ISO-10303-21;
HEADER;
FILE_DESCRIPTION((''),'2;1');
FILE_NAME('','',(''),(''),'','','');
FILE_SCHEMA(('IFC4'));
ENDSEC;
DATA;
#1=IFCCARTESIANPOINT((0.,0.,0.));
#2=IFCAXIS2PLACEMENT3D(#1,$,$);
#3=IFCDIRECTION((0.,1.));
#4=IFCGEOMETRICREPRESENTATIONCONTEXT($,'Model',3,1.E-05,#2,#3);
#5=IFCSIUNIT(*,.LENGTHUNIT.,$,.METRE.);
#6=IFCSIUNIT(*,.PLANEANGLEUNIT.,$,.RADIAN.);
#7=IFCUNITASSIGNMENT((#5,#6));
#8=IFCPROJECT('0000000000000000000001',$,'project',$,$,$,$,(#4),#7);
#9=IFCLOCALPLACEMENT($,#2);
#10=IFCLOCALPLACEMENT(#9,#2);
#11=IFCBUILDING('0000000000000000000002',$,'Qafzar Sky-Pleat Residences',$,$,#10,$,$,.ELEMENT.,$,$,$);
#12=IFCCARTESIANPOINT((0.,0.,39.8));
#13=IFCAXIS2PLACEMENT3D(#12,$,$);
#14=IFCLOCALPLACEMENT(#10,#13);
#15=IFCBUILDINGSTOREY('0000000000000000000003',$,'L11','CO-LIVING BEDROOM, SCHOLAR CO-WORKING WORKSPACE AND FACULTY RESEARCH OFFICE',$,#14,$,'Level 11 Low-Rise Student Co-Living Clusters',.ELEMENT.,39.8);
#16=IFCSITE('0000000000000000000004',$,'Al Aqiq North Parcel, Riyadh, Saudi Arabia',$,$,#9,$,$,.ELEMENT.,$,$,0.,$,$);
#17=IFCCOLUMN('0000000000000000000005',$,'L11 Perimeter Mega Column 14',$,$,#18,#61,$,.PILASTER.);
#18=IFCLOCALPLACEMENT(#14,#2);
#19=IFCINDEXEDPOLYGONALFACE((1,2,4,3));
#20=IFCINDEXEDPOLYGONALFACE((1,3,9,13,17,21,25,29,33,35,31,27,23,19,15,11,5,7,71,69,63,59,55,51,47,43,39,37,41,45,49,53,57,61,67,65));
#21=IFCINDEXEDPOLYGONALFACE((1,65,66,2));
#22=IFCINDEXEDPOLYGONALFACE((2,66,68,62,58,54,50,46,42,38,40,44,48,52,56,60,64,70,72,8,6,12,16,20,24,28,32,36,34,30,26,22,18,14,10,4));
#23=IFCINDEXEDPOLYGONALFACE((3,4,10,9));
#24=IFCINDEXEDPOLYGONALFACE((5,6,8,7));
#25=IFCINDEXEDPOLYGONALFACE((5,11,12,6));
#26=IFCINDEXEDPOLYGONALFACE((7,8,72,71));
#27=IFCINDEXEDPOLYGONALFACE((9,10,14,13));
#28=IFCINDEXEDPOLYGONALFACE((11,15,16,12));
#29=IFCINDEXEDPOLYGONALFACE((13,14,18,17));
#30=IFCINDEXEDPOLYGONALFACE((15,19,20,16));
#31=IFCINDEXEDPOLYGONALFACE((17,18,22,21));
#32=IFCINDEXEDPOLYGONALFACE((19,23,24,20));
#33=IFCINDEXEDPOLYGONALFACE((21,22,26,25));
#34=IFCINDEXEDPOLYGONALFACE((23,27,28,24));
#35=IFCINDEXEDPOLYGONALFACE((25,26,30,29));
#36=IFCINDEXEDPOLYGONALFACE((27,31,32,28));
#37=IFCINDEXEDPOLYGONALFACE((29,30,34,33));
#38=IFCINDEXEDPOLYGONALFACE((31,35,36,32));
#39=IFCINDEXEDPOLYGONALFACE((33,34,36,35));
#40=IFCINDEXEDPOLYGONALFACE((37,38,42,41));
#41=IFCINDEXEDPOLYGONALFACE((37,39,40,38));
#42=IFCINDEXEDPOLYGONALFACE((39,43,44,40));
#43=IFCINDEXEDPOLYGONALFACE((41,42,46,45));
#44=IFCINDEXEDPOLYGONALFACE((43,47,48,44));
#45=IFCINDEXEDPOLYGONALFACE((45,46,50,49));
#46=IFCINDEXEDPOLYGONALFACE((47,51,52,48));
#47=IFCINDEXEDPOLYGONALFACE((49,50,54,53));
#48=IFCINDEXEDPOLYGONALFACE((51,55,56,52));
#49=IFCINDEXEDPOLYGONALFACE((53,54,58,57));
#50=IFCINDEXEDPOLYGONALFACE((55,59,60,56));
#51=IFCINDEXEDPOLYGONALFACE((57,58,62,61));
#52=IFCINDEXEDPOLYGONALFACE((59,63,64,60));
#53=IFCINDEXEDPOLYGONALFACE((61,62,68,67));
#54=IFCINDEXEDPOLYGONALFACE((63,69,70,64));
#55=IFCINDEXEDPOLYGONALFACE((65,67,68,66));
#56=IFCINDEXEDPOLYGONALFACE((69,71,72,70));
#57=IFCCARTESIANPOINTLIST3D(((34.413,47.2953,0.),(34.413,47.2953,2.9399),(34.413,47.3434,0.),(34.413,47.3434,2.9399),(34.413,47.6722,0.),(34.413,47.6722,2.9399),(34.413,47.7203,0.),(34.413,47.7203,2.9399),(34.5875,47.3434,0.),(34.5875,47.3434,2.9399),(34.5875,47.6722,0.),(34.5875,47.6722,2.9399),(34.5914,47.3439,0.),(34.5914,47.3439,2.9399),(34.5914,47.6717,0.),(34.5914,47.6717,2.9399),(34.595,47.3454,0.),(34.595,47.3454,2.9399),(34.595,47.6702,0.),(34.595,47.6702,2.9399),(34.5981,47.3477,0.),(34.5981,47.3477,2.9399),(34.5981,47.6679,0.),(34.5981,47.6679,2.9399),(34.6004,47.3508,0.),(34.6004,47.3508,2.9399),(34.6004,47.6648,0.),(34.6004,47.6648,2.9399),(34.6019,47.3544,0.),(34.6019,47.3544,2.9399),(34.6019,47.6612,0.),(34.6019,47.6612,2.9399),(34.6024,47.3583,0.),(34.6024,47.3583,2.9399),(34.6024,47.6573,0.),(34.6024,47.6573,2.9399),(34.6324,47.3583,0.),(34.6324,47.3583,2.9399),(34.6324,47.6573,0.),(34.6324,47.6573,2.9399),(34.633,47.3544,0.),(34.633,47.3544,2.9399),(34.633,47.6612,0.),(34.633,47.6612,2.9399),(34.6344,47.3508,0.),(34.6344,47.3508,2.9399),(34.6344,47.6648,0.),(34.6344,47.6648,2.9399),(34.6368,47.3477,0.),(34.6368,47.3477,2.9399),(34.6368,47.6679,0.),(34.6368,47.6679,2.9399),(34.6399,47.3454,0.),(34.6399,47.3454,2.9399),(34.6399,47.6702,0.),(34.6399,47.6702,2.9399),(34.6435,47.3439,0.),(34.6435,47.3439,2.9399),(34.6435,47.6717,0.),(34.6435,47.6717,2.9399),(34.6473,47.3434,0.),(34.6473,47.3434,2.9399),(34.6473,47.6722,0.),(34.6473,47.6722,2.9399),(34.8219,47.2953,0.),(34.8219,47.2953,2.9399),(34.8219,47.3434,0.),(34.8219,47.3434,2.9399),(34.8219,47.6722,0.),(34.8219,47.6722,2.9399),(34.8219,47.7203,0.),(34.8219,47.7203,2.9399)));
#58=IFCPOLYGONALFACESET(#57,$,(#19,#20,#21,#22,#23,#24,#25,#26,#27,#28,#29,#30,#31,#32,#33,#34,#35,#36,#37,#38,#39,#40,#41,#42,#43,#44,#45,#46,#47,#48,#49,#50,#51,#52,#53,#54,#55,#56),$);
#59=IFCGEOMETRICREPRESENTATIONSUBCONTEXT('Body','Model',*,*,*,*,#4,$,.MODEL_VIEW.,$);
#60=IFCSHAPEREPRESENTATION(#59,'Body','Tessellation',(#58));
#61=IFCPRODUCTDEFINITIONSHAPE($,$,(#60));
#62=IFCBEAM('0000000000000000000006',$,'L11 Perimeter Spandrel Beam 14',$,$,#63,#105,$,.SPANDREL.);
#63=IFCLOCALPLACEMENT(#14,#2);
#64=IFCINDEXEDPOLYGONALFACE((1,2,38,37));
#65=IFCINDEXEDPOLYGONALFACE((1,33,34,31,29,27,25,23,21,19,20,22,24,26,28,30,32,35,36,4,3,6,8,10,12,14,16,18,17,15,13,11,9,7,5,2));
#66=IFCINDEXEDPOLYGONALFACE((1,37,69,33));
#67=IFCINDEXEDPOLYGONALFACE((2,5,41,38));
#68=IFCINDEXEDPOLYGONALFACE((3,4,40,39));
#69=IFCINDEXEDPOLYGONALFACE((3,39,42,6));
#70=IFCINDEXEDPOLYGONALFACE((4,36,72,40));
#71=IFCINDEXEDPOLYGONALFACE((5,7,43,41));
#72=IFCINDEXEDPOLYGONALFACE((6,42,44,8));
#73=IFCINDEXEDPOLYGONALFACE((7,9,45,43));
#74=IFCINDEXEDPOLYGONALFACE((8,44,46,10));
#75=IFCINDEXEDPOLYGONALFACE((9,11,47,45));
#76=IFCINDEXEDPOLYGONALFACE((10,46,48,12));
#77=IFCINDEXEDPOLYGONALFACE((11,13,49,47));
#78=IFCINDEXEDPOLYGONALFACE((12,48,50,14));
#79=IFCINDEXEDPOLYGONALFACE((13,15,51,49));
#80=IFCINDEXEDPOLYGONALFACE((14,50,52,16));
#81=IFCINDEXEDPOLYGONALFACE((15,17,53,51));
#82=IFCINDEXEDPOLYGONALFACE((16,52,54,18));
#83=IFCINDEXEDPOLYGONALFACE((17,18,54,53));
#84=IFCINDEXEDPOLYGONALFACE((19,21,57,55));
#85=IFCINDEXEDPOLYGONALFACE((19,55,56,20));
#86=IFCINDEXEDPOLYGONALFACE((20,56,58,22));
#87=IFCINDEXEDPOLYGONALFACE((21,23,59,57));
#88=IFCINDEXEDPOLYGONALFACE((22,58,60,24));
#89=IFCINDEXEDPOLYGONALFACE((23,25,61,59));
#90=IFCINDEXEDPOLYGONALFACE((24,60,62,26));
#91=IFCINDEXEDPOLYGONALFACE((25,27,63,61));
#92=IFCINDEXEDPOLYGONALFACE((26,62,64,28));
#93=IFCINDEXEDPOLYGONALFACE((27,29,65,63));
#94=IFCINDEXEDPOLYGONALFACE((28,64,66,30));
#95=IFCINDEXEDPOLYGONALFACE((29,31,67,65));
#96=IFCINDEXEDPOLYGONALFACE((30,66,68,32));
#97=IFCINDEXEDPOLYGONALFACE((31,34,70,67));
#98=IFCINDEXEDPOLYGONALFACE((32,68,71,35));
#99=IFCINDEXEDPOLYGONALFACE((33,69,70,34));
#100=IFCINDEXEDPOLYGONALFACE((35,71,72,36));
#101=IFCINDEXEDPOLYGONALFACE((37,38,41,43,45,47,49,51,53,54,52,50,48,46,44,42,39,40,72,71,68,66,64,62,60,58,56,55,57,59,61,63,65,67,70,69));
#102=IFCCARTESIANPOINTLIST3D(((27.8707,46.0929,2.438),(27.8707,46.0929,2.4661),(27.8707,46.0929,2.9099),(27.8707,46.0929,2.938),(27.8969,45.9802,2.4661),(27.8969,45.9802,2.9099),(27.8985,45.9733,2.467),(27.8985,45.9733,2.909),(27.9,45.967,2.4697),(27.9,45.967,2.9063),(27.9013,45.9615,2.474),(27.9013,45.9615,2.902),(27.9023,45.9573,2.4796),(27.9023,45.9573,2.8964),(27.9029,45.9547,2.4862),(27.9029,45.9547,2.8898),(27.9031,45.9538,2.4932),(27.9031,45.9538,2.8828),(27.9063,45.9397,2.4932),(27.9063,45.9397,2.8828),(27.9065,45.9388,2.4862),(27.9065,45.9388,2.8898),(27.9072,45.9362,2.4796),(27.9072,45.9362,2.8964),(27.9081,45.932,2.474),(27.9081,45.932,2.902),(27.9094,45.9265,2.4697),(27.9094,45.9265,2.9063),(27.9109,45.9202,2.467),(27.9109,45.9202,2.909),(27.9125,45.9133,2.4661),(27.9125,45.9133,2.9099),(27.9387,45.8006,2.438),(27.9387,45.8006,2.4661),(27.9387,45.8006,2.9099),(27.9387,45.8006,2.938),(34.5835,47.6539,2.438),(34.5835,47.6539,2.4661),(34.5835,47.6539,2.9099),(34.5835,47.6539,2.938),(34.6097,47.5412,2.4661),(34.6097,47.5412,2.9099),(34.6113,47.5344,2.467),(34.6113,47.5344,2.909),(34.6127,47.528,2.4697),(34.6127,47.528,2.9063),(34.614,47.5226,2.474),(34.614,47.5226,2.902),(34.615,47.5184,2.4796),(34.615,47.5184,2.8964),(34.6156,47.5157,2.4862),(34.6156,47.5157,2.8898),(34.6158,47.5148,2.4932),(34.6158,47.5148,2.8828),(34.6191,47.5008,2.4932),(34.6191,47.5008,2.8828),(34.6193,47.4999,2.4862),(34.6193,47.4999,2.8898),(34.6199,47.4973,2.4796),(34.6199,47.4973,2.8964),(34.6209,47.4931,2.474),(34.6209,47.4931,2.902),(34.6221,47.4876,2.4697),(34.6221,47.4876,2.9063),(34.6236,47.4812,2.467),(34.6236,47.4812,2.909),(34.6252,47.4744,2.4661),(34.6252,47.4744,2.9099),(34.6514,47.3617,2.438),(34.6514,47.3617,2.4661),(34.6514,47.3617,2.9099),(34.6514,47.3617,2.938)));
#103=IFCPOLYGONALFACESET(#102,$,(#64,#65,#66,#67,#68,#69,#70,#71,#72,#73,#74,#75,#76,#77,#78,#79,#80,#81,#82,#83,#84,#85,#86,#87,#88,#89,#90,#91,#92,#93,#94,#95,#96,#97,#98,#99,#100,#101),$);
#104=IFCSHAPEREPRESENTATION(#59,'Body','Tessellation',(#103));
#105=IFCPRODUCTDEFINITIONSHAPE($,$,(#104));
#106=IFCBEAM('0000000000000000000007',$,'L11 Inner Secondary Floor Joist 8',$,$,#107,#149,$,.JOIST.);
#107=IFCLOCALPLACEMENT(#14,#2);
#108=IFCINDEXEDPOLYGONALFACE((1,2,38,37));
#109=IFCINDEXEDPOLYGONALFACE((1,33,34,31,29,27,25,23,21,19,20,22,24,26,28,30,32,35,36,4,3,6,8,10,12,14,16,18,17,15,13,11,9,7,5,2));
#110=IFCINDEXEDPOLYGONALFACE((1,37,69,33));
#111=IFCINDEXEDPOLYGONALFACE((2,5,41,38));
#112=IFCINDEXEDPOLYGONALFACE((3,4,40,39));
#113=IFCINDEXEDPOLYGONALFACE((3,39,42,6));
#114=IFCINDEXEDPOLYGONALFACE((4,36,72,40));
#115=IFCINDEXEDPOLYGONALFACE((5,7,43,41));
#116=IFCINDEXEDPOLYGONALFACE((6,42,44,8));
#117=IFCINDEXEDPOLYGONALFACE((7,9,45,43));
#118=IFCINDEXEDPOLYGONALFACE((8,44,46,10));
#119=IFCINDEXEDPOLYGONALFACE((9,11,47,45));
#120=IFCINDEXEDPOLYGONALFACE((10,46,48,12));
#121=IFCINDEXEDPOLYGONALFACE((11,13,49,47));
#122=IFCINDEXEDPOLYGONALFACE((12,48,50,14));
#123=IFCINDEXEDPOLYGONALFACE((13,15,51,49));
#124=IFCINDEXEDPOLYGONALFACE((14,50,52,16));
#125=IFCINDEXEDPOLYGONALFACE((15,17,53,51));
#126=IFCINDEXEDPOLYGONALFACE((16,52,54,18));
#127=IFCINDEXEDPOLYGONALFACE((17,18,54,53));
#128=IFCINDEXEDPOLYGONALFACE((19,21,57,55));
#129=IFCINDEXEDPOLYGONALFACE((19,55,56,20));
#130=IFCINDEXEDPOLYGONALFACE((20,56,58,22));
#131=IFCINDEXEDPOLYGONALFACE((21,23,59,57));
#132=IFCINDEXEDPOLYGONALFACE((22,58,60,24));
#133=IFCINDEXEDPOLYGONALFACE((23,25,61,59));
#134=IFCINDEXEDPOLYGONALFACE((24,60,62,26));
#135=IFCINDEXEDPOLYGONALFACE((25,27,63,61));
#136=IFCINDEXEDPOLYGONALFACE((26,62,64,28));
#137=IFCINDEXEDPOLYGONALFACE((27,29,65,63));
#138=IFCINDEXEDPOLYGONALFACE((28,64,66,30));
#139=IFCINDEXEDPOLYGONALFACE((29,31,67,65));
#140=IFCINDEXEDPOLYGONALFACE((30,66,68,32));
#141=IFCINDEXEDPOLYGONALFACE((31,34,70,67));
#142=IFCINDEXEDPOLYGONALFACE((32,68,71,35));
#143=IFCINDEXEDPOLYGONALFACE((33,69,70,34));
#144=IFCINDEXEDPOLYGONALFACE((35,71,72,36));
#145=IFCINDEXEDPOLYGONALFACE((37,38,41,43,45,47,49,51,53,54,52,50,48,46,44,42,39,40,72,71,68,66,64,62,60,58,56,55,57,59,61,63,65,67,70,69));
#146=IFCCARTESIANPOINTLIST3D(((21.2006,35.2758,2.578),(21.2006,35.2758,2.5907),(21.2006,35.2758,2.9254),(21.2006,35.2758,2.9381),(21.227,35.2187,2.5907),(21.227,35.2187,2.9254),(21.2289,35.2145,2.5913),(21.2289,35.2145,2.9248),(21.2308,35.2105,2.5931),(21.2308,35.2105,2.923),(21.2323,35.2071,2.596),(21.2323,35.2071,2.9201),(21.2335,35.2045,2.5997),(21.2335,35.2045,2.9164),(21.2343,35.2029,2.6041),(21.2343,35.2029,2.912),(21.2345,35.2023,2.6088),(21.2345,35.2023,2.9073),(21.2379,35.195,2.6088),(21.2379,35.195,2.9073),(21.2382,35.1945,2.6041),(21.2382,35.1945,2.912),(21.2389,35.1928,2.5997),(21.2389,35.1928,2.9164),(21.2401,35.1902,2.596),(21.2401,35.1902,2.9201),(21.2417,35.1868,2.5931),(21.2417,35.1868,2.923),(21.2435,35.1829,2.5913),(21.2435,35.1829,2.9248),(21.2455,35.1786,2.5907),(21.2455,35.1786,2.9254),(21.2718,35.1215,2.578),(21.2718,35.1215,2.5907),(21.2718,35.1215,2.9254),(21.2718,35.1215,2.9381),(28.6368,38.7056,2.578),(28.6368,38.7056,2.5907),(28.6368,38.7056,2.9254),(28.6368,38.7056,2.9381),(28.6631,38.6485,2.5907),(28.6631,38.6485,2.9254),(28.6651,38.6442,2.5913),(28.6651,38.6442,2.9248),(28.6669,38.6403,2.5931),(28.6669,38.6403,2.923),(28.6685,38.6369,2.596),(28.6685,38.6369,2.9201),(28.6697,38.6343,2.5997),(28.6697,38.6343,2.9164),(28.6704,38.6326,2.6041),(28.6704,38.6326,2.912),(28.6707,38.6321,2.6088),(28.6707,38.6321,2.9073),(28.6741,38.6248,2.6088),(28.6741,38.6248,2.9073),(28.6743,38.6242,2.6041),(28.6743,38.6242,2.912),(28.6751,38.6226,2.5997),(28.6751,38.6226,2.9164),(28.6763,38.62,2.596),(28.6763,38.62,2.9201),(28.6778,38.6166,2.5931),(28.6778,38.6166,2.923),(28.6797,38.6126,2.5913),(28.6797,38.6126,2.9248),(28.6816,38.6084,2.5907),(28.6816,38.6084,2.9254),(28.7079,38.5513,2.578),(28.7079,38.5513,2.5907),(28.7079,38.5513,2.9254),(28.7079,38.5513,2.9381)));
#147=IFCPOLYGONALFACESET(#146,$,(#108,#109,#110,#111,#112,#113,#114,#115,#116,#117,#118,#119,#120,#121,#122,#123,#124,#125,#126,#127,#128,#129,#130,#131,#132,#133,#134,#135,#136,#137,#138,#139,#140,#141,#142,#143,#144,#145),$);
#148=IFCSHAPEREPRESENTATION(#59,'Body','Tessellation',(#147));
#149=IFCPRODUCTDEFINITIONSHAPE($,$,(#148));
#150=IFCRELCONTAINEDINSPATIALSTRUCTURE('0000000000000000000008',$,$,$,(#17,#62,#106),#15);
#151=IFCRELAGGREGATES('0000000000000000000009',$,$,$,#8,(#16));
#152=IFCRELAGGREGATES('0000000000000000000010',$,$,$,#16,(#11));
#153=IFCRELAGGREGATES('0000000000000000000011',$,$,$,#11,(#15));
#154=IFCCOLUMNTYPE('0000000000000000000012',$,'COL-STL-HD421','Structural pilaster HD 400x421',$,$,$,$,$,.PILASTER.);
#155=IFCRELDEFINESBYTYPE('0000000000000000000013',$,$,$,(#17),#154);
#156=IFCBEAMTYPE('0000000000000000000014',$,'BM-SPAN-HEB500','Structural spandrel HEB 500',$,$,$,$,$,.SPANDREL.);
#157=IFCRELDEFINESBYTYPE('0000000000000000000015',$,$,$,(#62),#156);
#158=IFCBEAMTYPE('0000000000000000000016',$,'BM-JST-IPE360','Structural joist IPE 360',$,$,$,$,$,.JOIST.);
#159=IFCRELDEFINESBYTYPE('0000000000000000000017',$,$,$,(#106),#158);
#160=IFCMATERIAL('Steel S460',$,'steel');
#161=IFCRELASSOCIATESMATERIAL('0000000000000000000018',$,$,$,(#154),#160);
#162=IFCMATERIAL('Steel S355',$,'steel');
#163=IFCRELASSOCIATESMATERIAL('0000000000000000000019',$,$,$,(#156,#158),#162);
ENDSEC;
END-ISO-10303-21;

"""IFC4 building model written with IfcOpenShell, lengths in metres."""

from ifc_helpers import new_model, si_unit, direction, frame, origin, origin_2d, place, context, subcontext, project, spatial, i_section, extrude, source, transform, mapped, material, material_profile, profile_set, type_object, element, save


model = new_model("IFC4")

# Units and contexts
model_context = context("Model", 3, precision=1e-05, world=origin(), true_north=direction((0.0, 1.0)))
body_context = subcontext(model_context, "Body", "Model", "MODEL_VIEW")
ifc_project = project(units=[si_unit("LENGTHUNIT", "METRE"), si_unit("PLANEANGLEUNIT", "RADIAN")], contexts=[model_context])

# Site, building, storey
site_placement = place(None, origin())
site = spatial("IfcSite", under=ifc_project, at=site_placement, Name="Al Aqiq North Parcel, Riyadh, Saudi Arabia", CompositionType="ELEMENT", RefElevation=0.0)
building_placement = place(site_placement, origin())
building = spatial("IfcBuilding", under=site, at=building_placement, Name="Qafzar Sky-Pleat Residences", CompositionType="ELEMENT")
storey_placement = place(building_placement, frame((0.0, 0.0, 39.8)))
storey = spatial("IfcBuildingStorey", under=building, at=storey_placement, Name="L11", Description="CO-LIVING BEDROOM, SCHOLAR CO-WORKING WORKSPACE AND FACULTY RESEARCH OFFICE", LongName="Level 11 Low-Rise Student Co-Living Clusters", CompositionType="ELEMENT", Elevation=39.8)

# Column
ifc_material_1 = material(Name="Steel S460", Category="steel")
ifc_material_profile_1 = material_profile(ifc_material_1, i_section(OverallWidth=0.4089, OverallDepth=0.425, WebThickness=0.03, FlangeThickness=0.0481, FilletRadius=0.0149, at=origin_2d()), Name="HD 400x421")
ifc_profile_set_1 = profile_set([ifc_material_profile_1], Name="Steel S460")
column_type = type_object("IfcColumnType", Name="COL-STL-HD421", Description="Structural pilaster HD 400x421", PredefinedType="PILASTER", material=ifc_profile_set_1)
shared_shape_1 = source(origin(), body_context, "Body", "SweptSolid", [
    extrude(i_section(OverallWidth=0.4089, OverallDepth=0.425, WebThickness=0.03, FlangeThickness=0.0481, FilletRadius=0.0149, at=origin_2d()), origin(), (0.0, 0.0, 1.0), 2.9399),
])
column_placement = place(storey_placement, frame((34.6174, 47.5078, 0.0), z_axis=(0.0, 0.0, 1.0), x_axis=(1.0, 0.0, 0.0)))
element("IfcColumn", 1, at=column_placement, inside=storey, type_object=column_type, Name="L11 Perimeter Mega Column 14", PredefinedType="PILASTER", context=body_context, shape_type="MappedRepresentation", body=[
    mapped(shared_shape_1, transform((0.0, 0.0, 0.0), x_axis=(1.0, 0.0, 0.0), y_axis=(0.0, 1.0, 0.0), z_axis=(0.0, 0.0, 1.0), scale=1.0)),
])

# Beams
ifc_material_2 = material(Name="Steel S355", Category="steel")
ifc_material_profile_2 = material_profile(ifc_material_2, i_section(OverallWidth=0.3, OverallDepth=0.5, WebThickness=0.0144, FlangeThickness=0.0281, FilletRadius=0.0271, at=origin_2d()), Name="HEB 500")
ifc_profile_set_2 = profile_set([ifc_material_profile_2], Name="Steel S355")
beam_type_1 = type_object("IfcBeamType", Name="BM-SPAN-HEB500", Description="Structural spandrel HEB 500", PredefinedType="SPANDREL", material=ifc_profile_set_2)
shared_shape_2 = source(origin(), body_context, "Body", "SweptSolid", [
    extrude(i_section(OverallWidth=0.3, OverallDepth=0.5, WebThickness=0.0144, FlangeThickness=0.0281, FilletRadius=0.0271, at=origin_2d()), origin(), (0.0, 0.0, 1.0), 6.8918),
])
beam_1_placement = place(storey_placement, frame((34.6174, 47.5078, 2.688), z_axis=(-0.974009, -0.226507, 0.0), x_axis=(0.226507, -0.974009, 0.0)))
element("IfcBeam", 2, at=beam_1_placement, inside=storey, type_object=beam_type_1, Name="L11 Perimeter Spandrel Beam 14", PredefinedType="SPANDREL", context=body_context, shape_type="MappedRepresentation", body=[
    mapped(shared_shape_2, transform((0.0, 0.0, 0.0), x_axis=(1.0, 0.0, 0.0), y_axis=(0.0, 1.0, 0.0), z_axis=(0.0, 0.0, 1.0), scale=1.0)),
])
ifc_material_profile_3 = material_profile(ifc_material_2, i_section(OverallWidth=0.1699, OverallDepth=0.3601, WebThickness=0.0081, FlangeThickness=0.0127, FilletRadius=0.0181, at=origin_2d()), Name="IPE 360")
ifc_profile_set_3 = profile_set([ifc_material_profile_3], Name="Steel S355")
beam_type_2 = type_object("IfcBeamType", Name="BM-JST-IPE360", Description="Structural joist IPE 360", PredefinedType="JOIST", material=ifc_profile_set_3)
shared_shape_3 = source(origin(), body_context, "Body", "SweptSolid", [
    extrude(i_section(OverallWidth=0.1699, OverallDepth=0.3601, WebThickness=0.0081, FlangeThickness=0.0127, FilletRadius=0.0181, at=origin_2d()), origin(), (0.0, 0.0, 1.0), 8.189),
])
beam_2_placement = place(storey_placement, frame((28.6724, 38.6284, 2.7581), z_axis=(-0.908068, -0.418824, 0.0), x_axis=(0.418824, -0.908068, 0.0)))
element("IfcBeam", 3, at=beam_2_placement, inside=storey, type_object=beam_type_2, Name="L11 Inner Secondary Floor Joist 8", PredefinedType="JOIST", context=body_context, shape_type="MappedRepresentation", body=[
    mapped(shared_shape_3, transform((0.0, 0.0, 0.0), x_axis=(1.0, 0.0, 0.0), y_axis=(0.0, 1.0, 0.0), z_axis=(0.0, 0.0, 1.0), scale=1.0)),
])

save(model, "model.ifc")
